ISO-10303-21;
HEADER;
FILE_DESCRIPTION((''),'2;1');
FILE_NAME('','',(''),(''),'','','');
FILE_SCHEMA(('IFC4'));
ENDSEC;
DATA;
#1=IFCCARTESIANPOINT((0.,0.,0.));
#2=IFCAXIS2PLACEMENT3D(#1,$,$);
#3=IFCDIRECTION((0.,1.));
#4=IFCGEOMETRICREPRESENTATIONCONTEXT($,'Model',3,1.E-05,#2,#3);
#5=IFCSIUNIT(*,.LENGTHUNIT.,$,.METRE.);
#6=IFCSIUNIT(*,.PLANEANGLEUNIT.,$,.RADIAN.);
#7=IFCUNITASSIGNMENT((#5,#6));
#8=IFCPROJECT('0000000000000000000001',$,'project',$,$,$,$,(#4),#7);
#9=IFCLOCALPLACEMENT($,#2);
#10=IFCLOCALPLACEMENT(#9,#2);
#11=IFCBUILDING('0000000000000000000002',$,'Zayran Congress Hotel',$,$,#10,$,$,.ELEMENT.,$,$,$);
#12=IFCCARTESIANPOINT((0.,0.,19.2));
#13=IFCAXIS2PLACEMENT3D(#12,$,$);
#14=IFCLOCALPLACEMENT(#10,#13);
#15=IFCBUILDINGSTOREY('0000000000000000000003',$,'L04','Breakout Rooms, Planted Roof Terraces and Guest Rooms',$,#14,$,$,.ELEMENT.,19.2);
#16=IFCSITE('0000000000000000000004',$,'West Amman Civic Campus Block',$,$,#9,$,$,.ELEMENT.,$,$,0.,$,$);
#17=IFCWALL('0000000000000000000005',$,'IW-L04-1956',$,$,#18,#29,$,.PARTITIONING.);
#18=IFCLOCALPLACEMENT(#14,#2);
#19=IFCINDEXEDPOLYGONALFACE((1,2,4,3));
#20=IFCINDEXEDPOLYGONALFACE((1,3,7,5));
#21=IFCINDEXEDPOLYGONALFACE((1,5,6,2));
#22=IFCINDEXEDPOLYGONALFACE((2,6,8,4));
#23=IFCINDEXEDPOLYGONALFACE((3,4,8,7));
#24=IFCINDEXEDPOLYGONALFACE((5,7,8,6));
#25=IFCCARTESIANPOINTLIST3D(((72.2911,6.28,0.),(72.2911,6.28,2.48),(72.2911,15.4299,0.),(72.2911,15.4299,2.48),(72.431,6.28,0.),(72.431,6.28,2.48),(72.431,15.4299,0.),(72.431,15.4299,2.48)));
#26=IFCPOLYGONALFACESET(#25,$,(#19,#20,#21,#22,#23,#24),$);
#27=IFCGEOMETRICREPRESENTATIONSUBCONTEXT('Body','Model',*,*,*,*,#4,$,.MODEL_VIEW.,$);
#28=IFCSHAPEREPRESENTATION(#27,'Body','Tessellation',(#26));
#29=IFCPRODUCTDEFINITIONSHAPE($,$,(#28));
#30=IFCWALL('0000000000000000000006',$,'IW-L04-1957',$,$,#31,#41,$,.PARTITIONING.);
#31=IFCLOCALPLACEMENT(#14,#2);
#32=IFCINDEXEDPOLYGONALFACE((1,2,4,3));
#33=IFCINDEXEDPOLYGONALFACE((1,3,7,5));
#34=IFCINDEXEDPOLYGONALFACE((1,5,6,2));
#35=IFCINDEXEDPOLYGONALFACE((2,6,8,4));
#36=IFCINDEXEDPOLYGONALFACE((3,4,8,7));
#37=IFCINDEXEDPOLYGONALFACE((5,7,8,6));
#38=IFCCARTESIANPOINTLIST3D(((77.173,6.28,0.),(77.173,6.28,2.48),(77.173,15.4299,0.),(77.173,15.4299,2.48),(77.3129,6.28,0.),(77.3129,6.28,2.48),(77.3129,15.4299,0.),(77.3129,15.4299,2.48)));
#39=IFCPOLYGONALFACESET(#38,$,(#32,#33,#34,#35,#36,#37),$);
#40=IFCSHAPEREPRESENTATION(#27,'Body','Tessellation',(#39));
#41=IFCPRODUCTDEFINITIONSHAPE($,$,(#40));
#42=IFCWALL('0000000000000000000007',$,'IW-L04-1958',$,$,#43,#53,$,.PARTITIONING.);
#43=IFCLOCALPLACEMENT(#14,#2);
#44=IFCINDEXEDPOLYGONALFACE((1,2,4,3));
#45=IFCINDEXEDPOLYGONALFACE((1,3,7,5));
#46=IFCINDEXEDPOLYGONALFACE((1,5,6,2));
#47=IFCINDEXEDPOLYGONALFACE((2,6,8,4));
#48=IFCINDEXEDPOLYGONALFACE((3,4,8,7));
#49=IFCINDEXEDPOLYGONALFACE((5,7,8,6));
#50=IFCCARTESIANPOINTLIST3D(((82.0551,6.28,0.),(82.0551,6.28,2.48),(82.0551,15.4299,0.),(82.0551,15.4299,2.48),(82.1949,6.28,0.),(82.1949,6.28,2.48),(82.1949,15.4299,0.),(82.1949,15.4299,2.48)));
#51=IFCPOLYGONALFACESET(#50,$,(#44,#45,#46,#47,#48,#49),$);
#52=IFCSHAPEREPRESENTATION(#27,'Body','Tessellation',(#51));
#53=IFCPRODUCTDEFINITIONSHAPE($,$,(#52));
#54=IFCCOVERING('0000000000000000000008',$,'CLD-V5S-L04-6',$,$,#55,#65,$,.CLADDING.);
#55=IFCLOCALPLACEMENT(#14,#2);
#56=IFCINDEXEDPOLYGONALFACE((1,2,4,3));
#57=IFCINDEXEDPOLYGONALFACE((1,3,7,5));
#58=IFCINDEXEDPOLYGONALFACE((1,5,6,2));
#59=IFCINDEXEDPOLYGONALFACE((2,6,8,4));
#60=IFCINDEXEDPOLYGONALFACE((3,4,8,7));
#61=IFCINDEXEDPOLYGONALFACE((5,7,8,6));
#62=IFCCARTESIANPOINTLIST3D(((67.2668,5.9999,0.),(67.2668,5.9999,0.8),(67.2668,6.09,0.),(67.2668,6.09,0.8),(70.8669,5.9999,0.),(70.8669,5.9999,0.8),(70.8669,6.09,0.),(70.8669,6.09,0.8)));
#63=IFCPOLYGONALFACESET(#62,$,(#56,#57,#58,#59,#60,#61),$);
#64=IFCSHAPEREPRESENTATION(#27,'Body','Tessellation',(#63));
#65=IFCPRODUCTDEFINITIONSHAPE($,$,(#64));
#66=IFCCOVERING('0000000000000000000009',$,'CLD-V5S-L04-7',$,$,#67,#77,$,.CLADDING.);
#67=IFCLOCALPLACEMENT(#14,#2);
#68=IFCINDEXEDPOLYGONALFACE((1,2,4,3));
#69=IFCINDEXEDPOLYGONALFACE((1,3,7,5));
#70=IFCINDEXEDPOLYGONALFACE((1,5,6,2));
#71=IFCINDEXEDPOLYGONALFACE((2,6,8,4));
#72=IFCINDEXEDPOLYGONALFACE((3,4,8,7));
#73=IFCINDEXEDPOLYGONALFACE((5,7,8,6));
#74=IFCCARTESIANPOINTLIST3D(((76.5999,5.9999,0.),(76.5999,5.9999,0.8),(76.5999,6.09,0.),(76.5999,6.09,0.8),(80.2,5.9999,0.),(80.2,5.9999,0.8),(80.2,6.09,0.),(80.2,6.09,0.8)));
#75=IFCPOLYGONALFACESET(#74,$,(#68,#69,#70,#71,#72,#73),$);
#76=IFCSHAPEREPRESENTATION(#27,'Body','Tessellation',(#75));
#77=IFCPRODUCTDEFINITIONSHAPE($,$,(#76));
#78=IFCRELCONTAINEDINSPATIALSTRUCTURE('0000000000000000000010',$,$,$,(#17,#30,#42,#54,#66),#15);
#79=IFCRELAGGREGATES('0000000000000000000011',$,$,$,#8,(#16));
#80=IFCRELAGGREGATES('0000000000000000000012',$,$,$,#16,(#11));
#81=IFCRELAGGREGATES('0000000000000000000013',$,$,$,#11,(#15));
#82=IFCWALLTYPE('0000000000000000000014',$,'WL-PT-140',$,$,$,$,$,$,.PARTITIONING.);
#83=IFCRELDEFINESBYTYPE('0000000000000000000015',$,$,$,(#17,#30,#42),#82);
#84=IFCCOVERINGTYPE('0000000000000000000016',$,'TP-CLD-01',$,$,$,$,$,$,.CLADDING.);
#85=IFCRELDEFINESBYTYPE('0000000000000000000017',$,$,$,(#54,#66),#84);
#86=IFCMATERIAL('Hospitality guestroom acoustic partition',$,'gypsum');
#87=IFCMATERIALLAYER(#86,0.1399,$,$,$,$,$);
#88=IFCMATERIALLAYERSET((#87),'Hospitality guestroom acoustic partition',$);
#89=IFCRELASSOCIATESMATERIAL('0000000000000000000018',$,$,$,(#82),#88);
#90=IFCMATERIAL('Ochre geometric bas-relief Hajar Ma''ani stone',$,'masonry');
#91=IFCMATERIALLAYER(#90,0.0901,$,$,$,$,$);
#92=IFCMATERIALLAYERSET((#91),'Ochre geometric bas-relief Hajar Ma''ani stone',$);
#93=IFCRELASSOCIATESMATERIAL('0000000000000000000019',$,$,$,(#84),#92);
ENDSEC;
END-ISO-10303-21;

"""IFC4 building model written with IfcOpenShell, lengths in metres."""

from ifc_helpers import new_model, si_unit, direction, frame, frame_2d, origin, origin_2d, place, context, subcontext, project, spatial, rectangle, extrude, material, layer, layer_set, type_object, element, save


model = new_model("IFC4")

# Units and contexts
model_context = context("Model", 3, precision=1e-05, world=origin(), true_north=direction((0.0, 1.0)))
body_context = subcontext(model_context, "Body", "Model", "MODEL_VIEW")
ifc_project = project(units=[si_unit("LENGTHUNIT", "METRE"), si_unit("PLANEANGLEUNIT", "RADIAN")], contexts=[model_context])

# Site, building, storey
site_placement = place(None, origin())
site = spatial("IfcSite", under=ifc_project, at=site_placement, Name="West Amman Civic Campus Block", CompositionType="ELEMENT", RefElevation=0.0)
building_placement = place(site_placement, origin())
building = spatial("IfcBuilding", under=site, at=building_placement, Name="Zayran Congress Hotel", CompositionType="ELEMENT")
storey_placement = place(building_placement, frame((0.0, 0.0, 19.2)))
storey = spatial("IfcBuildingStorey", under=building, at=storey_placement, Name="L04", Description="Breakout Rooms, Planted Roof Terraces and Guest Rooms", CompositionType="ELEMENT", Elevation=19.2)

# Walls
ifc_material_1 = material(Name="Hospitality guestroom acoustic partition", Category="gypsum")
ifc_layer_1 = layer(ifc_material_1, 0.1399)
ifc_layer_set_1 = layer_set([ifc_layer_1], Name="Hospitality guestroom acoustic partition")
wall_type_1 = type_object("IfcWallType", Name="WL-PT-140", PredefinedType="PARTITIONING", material=ifc_layer_set_1)
for number, where, z_axis, x_axis, name in (
    (1, (72.3611, 6.28, 0.0), (0.0, 0.0, 1.0), (0.0, 1.0, 0.0), "IW-L04-1956"),
    (2, (77.2429, 6.28, 0.0), (0.0, 0.0, 1.0), (0.0, 1.0, 0.0), "IW-L04-1957"),
    (3, (82.125, 6.28, 0.0), (0.0, 0.0, 1.0), (0.0, 1.0, 0.0), "IW-L04-1958"),
):
    element("IfcWall", number, at=place(storey_placement, frame(where, z_axis=z_axis, x_axis=x_axis)), inside=storey, type_object=wall_type_1, Name=name, PredefinedType="PARTITIONING", context=body_context, shape_type="SweptSolid", body=[
        extrude(rectangle(XDim=9.1499, YDim=0.1399, at=frame_2d((4.575, 0.0))), origin(), (0.0, 0.0, 1.0), 2.48),
    ])

# Coverings
ifc_material_2 = material(Name="Ochre geometric bas-relief Hajar Ma'ani stone", Category="masonry")
ifc_layer_2 = layer(ifc_material_2, 0.0901)
ifc_layer_set_2 = layer_set([ifc_layer_2], Name="Ochre geometric bas-relief Hajar Ma'ani stone")
covering_type = type_object("IfcCoveringType", Name="TP-CLD-01", PredefinedType="CLADDING", material=ifc_layer_set_2)
for number, where, z_axis, x_axis, name in (
    (4, (69.0669, 6.0449, 0.0), (0.0, 0.0, 1.0), (1.0, 0.0, 0.0), "CLD-V5S-L04-6"),
    (5, (78.3999, 6.0449, 0.0), (0.0, 0.0, 1.0), (1.0, 0.0, 0.0), "CLD-V5S-L04-7"),
):
    element("IfcCovering", number, at=place(storey_placement, frame(where, z_axis=z_axis, x_axis=x_axis)), inside=storey, type_object=covering_type, Name=name, PredefinedType="CLADDING", context=body_context, shape_type="SweptSolid", body=[
        extrude(rectangle(XDim=3.6001, YDim=0.0901, at=origin_2d()), origin(), (0.0, 0.0, 1.0), 0.8),
    ])

save(model, "model.ifc")
